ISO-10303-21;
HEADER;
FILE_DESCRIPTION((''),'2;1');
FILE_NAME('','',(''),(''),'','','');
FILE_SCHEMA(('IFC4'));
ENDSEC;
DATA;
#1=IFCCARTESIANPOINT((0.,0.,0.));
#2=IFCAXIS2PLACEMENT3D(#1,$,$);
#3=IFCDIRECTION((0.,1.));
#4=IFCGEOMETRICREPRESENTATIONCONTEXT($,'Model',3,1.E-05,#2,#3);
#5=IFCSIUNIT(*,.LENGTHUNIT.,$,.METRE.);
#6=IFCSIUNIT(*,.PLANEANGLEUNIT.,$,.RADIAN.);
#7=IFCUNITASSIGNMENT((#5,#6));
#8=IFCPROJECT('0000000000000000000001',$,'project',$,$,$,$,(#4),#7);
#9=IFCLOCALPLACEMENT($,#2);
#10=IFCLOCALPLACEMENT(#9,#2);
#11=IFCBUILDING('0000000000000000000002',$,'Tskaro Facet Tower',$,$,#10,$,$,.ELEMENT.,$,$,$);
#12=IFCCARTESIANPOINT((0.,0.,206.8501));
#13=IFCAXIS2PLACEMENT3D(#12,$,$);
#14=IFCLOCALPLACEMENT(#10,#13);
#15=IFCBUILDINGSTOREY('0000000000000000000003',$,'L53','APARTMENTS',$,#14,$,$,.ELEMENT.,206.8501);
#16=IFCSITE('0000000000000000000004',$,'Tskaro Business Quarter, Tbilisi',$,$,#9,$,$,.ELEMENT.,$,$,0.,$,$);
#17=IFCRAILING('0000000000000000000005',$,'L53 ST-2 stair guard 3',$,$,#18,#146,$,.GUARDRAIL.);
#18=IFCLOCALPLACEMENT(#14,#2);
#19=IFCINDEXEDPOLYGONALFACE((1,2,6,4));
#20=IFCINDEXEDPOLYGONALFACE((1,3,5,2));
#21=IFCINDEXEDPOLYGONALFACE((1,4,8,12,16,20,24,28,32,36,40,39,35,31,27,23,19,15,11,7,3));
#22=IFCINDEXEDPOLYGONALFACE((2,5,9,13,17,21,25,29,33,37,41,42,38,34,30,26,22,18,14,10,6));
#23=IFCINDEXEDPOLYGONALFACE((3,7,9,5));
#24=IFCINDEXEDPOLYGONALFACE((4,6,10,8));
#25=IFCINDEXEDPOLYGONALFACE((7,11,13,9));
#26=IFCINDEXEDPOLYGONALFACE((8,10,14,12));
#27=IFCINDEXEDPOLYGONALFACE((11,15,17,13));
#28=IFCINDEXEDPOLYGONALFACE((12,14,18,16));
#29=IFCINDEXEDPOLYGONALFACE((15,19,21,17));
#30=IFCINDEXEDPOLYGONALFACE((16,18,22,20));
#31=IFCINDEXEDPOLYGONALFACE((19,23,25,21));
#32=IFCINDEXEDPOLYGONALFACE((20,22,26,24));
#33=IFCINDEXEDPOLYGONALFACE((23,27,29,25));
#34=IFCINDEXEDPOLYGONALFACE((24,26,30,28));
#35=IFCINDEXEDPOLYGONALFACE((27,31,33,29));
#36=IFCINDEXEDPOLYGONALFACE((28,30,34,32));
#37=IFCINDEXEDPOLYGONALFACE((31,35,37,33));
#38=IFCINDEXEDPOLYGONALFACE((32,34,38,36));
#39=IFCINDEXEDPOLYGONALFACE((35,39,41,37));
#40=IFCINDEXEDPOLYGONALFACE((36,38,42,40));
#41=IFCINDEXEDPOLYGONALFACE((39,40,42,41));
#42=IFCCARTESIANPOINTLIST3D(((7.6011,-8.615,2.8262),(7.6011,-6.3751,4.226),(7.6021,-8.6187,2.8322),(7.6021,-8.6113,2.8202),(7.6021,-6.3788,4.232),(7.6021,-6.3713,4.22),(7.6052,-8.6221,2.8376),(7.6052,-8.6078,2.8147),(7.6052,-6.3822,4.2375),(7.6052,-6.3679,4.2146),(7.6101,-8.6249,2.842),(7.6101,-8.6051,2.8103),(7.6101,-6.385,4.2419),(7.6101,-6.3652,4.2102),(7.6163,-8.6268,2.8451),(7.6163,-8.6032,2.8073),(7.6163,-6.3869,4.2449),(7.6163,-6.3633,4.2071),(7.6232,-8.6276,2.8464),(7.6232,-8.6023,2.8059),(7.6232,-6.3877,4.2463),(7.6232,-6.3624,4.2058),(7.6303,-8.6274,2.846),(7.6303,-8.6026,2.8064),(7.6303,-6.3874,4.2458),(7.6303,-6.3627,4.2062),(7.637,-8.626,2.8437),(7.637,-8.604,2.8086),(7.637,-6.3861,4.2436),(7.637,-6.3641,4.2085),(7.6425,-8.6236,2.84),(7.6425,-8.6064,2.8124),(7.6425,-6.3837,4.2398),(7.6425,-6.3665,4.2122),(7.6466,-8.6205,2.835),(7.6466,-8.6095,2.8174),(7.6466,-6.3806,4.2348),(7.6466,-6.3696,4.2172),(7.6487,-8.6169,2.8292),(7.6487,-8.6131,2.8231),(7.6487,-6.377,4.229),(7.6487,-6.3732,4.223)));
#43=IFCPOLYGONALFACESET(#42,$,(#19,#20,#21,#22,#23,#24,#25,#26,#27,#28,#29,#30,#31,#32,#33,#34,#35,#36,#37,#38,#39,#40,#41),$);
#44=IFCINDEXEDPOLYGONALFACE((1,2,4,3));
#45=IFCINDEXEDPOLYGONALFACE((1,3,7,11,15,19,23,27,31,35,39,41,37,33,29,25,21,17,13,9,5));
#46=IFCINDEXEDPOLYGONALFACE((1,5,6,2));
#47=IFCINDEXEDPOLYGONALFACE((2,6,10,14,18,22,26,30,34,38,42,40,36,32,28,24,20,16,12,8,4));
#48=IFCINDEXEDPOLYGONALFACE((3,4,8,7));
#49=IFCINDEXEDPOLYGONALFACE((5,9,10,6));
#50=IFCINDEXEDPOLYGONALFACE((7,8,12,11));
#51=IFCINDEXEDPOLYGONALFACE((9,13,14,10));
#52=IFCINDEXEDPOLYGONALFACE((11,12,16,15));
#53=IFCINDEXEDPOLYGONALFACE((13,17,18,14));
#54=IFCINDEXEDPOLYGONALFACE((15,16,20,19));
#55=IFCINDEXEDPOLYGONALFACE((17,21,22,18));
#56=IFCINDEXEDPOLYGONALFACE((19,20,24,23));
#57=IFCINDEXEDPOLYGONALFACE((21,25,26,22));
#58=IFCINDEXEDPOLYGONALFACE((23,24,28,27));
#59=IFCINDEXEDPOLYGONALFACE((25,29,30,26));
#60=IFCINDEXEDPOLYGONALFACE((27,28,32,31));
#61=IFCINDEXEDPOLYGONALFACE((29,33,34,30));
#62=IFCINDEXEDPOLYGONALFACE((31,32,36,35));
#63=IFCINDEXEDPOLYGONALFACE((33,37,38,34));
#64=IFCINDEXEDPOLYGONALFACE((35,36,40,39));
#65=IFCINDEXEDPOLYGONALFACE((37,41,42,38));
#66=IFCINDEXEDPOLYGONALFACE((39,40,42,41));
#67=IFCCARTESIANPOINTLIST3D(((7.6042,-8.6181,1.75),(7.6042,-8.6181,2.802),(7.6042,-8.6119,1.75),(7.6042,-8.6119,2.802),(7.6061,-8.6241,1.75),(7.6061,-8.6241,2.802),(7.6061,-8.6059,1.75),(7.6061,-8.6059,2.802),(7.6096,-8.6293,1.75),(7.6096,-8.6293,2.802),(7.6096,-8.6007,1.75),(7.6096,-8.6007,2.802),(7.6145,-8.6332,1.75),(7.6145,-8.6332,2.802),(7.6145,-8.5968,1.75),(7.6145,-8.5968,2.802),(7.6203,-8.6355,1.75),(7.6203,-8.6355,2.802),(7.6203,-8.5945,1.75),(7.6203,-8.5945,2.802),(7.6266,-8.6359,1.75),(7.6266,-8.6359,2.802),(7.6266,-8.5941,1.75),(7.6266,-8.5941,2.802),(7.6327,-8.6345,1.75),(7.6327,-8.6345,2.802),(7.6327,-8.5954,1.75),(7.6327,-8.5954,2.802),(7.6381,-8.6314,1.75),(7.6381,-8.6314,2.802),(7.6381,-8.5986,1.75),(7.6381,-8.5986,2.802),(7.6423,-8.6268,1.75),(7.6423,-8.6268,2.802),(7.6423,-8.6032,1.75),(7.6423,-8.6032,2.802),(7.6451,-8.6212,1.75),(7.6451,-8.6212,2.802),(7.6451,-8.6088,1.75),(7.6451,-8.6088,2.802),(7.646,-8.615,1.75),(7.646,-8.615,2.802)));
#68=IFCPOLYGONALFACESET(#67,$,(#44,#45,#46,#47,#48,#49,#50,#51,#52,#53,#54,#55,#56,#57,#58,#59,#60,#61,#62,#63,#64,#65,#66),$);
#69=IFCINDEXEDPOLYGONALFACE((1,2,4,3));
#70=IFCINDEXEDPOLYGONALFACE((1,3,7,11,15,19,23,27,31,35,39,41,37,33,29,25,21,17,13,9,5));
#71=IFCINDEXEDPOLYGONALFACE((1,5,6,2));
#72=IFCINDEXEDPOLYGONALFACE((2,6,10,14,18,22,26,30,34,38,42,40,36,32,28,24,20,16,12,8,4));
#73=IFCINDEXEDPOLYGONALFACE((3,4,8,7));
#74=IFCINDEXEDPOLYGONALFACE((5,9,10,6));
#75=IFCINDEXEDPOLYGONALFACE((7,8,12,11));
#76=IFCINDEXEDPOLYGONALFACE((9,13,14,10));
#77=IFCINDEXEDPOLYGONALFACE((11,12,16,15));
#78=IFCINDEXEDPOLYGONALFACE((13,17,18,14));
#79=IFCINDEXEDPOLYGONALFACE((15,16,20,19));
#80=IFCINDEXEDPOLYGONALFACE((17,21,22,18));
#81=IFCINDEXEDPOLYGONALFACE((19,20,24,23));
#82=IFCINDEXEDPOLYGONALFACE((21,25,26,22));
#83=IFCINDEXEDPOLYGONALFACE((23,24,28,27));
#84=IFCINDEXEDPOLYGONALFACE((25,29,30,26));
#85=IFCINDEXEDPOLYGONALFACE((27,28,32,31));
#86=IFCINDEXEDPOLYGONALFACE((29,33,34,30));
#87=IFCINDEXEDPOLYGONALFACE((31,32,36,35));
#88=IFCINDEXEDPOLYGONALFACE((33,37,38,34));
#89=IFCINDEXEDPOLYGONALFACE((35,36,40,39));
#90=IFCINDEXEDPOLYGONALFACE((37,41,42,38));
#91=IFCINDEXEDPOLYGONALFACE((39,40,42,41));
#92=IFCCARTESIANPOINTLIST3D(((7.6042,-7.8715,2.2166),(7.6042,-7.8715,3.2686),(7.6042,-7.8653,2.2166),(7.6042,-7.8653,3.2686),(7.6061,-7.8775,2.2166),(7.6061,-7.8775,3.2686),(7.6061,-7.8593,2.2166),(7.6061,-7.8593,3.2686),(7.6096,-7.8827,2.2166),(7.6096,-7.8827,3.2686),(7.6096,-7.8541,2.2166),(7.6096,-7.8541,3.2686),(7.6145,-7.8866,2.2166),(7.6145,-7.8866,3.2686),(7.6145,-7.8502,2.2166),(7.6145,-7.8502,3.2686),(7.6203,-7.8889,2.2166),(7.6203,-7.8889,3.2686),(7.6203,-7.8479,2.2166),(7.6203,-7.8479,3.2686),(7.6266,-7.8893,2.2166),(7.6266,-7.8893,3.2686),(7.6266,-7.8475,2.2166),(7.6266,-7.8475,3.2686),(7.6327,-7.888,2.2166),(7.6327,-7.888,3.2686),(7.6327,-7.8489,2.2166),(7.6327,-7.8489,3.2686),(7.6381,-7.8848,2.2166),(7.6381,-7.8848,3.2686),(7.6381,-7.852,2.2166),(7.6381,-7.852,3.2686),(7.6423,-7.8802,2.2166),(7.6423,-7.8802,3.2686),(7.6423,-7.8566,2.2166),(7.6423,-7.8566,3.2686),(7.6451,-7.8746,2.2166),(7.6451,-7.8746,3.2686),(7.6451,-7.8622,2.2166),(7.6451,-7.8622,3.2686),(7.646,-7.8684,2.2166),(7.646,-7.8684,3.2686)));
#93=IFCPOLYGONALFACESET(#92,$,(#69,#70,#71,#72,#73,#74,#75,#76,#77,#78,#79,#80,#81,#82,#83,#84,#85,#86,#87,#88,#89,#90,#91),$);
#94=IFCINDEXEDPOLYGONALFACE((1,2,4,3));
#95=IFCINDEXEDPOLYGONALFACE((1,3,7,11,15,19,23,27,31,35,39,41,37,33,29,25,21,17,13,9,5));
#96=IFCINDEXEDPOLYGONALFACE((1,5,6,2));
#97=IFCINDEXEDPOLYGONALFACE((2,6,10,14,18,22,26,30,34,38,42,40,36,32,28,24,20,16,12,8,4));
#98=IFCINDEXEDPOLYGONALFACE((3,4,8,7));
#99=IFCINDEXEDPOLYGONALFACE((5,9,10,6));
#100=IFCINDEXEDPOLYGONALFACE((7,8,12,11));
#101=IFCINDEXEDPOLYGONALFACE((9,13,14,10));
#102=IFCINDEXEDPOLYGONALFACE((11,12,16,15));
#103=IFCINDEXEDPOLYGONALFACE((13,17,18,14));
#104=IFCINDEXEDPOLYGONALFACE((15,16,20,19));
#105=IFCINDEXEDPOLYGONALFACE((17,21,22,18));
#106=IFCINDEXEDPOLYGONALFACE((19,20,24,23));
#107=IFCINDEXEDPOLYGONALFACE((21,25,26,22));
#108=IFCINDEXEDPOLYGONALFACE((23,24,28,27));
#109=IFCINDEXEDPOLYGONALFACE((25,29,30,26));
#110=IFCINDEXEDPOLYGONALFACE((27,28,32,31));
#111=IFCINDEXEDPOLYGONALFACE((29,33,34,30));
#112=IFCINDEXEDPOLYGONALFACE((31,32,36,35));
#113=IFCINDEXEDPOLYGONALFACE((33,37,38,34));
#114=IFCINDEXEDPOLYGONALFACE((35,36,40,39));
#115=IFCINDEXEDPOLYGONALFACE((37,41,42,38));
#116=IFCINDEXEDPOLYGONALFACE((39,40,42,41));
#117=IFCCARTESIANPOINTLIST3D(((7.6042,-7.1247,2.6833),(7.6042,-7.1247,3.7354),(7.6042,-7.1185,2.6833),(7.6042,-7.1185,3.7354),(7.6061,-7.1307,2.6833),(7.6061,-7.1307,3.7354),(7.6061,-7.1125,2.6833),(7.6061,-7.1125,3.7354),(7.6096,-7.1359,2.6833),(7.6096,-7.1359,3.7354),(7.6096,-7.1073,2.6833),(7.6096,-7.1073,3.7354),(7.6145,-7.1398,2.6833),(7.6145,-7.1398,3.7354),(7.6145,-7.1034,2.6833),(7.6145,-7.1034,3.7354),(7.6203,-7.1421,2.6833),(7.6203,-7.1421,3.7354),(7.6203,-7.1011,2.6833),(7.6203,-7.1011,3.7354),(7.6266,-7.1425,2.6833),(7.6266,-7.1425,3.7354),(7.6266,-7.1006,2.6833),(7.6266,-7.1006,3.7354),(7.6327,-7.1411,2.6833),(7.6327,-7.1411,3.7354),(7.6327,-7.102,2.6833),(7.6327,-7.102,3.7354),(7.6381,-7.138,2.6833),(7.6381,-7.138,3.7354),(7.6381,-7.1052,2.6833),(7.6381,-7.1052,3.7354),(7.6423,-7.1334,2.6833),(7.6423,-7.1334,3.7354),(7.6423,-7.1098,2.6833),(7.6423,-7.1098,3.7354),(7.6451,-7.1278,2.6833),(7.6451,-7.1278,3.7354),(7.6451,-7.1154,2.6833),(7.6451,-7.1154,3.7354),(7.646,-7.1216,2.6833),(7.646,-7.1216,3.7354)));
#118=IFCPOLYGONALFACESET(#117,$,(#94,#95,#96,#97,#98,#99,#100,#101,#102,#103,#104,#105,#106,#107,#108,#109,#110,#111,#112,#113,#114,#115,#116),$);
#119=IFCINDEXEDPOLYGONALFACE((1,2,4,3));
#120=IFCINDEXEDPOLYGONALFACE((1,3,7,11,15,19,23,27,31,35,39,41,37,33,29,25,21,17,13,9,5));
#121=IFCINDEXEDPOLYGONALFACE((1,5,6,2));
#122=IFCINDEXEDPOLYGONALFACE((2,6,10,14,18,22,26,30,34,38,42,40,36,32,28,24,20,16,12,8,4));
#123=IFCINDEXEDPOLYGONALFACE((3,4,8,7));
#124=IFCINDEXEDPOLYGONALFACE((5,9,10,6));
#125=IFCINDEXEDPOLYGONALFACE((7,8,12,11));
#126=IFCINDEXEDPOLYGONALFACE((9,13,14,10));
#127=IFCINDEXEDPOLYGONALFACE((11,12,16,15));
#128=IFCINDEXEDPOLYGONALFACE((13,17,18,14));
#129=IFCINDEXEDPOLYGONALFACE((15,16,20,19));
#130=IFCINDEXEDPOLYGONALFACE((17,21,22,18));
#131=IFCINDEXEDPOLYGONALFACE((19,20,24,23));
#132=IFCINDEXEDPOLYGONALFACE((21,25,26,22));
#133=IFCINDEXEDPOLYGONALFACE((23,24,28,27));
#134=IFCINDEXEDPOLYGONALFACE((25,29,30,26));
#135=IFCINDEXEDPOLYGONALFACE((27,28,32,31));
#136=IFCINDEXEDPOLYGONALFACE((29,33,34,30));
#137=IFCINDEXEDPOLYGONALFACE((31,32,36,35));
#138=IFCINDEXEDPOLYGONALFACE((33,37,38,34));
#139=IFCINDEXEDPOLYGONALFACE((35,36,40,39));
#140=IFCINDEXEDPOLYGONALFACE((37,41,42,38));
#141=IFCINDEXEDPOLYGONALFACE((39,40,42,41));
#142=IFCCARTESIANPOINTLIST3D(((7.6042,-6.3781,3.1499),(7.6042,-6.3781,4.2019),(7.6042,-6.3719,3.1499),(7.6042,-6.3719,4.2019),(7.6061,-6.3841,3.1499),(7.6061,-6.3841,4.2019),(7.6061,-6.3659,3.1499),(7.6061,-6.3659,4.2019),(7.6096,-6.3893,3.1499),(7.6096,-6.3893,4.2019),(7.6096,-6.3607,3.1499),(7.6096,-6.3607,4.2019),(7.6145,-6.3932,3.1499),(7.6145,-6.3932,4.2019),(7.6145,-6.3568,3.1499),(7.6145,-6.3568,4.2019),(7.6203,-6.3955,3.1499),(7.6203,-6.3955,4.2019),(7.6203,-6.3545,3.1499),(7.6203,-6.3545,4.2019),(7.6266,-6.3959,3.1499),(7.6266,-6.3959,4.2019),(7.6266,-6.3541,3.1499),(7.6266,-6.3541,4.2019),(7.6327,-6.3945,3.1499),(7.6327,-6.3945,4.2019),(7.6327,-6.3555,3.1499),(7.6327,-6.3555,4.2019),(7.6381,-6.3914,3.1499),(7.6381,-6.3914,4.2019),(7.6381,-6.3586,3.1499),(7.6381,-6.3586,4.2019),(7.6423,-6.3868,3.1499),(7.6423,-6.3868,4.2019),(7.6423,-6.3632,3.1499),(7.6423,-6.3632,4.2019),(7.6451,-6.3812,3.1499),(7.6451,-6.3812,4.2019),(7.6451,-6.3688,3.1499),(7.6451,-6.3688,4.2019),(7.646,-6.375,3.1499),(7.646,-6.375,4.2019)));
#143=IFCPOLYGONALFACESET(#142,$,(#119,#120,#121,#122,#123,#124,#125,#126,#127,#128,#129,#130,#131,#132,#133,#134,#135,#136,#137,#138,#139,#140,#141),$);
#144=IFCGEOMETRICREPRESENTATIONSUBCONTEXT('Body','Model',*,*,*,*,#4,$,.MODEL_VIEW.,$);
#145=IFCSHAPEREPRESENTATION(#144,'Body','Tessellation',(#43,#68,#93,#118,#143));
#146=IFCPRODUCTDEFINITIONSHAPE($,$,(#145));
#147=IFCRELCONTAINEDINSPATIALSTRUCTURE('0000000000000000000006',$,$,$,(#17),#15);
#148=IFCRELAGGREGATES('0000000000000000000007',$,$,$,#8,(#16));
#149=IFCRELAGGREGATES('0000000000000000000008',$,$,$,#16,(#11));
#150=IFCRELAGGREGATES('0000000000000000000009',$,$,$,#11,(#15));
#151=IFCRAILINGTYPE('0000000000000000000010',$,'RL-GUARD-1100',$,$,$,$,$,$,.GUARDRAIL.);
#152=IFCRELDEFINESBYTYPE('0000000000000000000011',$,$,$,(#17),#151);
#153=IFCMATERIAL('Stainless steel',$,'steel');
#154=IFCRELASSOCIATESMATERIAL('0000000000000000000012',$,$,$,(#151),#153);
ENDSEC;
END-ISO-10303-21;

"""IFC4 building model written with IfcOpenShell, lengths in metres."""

from ifc_helpers import new_model, si_unit, direction, frame, origin, origin_2d, place, context, subcontext, project, spatial, circle, extrude, material, type_object, element, save


model = new_model("IFC4")

# Units and contexts
model_context = context("Model", 3, precision=1e-05, world=origin(), true_north=direction((0.0, 1.0)))
body_context = subcontext(model_context, "Body", "Model", "MODEL_VIEW")
ifc_project = project(units=[si_unit("LENGTHUNIT", "METRE"), si_unit("PLANEANGLEUNIT", "RADIAN")], contexts=[model_context])

# Site, building, storey
site_placement = place(None, origin())
site = spatial("IfcSite", under=ifc_project, at=site_placement, Name="Tskaro Business Quarter, Tbilisi", CompositionType="ELEMENT", RefElevation=0.0)
building_placement = place(site_placement, origin())
building = spatial("IfcBuilding", under=site, at=building_placement, Name="Tskaro Facet Tower", CompositionType="ELEMENT")
storey_placement = place(building_placement, frame((0.0, 0.0, 206.8501)))
storey = spatial("IfcBuildingStorey", under=building, at=storey_placement, Name="L53", Description="APARTMENTS", CompositionType="ELEMENT", Elevation=206.8501)

# Railing
ifc_material_1 = material(Name="Stainless steel", Category="steel")
railing_type_1 = type_object("IfcRailingType", Name="RL-GUARD-1100", PredefinedType="GUARDRAIL", material=ifc_material_1)
railing_1_placement = place(storey_placement, frame((7.625, -8.615, 1.75)))
element("IfcRailing", 1, at=railing_1_placement, inside=storey, type_object=railing_type_1, Name="L53 ST-2 stair guard 3", PredefinedType="GUARDRAIL", context=body_context, shape_type="SweptSolid", body=[
    extrude(circle(Radius=0.0239, at=origin_2d()), frame((0.0, 0.0, 1.0762), z_axis=(0.0, 0.848014, 0.529974), x_axis=(-1.0, 0.0, 0.0)), (0.0, 0.0, 1.0), 2.6414),
    extrude(circle(Radius=0.021, at=origin_2d()), origin(), (0.0, 0.0, 1.0), 1.052),
    extrude(circle(Radius=0.021, at=origin_2d()), frame((0.0, 0.7466, 0.4666)), (0.0, 0.0, 1.0), 1.052),
    extrude(circle(Radius=0.021, at=origin_2d()), frame((0.0, 1.4934, 0.9333)), (0.0, 0.0, 1.0), 1.052),
    extrude(circle(Radius=0.021, at=origin_2d()), frame((0.0, 2.24, 1.3999)), (0.0, 0.0, 1.0), 1.052),
])

save(model, "model.ifc")
